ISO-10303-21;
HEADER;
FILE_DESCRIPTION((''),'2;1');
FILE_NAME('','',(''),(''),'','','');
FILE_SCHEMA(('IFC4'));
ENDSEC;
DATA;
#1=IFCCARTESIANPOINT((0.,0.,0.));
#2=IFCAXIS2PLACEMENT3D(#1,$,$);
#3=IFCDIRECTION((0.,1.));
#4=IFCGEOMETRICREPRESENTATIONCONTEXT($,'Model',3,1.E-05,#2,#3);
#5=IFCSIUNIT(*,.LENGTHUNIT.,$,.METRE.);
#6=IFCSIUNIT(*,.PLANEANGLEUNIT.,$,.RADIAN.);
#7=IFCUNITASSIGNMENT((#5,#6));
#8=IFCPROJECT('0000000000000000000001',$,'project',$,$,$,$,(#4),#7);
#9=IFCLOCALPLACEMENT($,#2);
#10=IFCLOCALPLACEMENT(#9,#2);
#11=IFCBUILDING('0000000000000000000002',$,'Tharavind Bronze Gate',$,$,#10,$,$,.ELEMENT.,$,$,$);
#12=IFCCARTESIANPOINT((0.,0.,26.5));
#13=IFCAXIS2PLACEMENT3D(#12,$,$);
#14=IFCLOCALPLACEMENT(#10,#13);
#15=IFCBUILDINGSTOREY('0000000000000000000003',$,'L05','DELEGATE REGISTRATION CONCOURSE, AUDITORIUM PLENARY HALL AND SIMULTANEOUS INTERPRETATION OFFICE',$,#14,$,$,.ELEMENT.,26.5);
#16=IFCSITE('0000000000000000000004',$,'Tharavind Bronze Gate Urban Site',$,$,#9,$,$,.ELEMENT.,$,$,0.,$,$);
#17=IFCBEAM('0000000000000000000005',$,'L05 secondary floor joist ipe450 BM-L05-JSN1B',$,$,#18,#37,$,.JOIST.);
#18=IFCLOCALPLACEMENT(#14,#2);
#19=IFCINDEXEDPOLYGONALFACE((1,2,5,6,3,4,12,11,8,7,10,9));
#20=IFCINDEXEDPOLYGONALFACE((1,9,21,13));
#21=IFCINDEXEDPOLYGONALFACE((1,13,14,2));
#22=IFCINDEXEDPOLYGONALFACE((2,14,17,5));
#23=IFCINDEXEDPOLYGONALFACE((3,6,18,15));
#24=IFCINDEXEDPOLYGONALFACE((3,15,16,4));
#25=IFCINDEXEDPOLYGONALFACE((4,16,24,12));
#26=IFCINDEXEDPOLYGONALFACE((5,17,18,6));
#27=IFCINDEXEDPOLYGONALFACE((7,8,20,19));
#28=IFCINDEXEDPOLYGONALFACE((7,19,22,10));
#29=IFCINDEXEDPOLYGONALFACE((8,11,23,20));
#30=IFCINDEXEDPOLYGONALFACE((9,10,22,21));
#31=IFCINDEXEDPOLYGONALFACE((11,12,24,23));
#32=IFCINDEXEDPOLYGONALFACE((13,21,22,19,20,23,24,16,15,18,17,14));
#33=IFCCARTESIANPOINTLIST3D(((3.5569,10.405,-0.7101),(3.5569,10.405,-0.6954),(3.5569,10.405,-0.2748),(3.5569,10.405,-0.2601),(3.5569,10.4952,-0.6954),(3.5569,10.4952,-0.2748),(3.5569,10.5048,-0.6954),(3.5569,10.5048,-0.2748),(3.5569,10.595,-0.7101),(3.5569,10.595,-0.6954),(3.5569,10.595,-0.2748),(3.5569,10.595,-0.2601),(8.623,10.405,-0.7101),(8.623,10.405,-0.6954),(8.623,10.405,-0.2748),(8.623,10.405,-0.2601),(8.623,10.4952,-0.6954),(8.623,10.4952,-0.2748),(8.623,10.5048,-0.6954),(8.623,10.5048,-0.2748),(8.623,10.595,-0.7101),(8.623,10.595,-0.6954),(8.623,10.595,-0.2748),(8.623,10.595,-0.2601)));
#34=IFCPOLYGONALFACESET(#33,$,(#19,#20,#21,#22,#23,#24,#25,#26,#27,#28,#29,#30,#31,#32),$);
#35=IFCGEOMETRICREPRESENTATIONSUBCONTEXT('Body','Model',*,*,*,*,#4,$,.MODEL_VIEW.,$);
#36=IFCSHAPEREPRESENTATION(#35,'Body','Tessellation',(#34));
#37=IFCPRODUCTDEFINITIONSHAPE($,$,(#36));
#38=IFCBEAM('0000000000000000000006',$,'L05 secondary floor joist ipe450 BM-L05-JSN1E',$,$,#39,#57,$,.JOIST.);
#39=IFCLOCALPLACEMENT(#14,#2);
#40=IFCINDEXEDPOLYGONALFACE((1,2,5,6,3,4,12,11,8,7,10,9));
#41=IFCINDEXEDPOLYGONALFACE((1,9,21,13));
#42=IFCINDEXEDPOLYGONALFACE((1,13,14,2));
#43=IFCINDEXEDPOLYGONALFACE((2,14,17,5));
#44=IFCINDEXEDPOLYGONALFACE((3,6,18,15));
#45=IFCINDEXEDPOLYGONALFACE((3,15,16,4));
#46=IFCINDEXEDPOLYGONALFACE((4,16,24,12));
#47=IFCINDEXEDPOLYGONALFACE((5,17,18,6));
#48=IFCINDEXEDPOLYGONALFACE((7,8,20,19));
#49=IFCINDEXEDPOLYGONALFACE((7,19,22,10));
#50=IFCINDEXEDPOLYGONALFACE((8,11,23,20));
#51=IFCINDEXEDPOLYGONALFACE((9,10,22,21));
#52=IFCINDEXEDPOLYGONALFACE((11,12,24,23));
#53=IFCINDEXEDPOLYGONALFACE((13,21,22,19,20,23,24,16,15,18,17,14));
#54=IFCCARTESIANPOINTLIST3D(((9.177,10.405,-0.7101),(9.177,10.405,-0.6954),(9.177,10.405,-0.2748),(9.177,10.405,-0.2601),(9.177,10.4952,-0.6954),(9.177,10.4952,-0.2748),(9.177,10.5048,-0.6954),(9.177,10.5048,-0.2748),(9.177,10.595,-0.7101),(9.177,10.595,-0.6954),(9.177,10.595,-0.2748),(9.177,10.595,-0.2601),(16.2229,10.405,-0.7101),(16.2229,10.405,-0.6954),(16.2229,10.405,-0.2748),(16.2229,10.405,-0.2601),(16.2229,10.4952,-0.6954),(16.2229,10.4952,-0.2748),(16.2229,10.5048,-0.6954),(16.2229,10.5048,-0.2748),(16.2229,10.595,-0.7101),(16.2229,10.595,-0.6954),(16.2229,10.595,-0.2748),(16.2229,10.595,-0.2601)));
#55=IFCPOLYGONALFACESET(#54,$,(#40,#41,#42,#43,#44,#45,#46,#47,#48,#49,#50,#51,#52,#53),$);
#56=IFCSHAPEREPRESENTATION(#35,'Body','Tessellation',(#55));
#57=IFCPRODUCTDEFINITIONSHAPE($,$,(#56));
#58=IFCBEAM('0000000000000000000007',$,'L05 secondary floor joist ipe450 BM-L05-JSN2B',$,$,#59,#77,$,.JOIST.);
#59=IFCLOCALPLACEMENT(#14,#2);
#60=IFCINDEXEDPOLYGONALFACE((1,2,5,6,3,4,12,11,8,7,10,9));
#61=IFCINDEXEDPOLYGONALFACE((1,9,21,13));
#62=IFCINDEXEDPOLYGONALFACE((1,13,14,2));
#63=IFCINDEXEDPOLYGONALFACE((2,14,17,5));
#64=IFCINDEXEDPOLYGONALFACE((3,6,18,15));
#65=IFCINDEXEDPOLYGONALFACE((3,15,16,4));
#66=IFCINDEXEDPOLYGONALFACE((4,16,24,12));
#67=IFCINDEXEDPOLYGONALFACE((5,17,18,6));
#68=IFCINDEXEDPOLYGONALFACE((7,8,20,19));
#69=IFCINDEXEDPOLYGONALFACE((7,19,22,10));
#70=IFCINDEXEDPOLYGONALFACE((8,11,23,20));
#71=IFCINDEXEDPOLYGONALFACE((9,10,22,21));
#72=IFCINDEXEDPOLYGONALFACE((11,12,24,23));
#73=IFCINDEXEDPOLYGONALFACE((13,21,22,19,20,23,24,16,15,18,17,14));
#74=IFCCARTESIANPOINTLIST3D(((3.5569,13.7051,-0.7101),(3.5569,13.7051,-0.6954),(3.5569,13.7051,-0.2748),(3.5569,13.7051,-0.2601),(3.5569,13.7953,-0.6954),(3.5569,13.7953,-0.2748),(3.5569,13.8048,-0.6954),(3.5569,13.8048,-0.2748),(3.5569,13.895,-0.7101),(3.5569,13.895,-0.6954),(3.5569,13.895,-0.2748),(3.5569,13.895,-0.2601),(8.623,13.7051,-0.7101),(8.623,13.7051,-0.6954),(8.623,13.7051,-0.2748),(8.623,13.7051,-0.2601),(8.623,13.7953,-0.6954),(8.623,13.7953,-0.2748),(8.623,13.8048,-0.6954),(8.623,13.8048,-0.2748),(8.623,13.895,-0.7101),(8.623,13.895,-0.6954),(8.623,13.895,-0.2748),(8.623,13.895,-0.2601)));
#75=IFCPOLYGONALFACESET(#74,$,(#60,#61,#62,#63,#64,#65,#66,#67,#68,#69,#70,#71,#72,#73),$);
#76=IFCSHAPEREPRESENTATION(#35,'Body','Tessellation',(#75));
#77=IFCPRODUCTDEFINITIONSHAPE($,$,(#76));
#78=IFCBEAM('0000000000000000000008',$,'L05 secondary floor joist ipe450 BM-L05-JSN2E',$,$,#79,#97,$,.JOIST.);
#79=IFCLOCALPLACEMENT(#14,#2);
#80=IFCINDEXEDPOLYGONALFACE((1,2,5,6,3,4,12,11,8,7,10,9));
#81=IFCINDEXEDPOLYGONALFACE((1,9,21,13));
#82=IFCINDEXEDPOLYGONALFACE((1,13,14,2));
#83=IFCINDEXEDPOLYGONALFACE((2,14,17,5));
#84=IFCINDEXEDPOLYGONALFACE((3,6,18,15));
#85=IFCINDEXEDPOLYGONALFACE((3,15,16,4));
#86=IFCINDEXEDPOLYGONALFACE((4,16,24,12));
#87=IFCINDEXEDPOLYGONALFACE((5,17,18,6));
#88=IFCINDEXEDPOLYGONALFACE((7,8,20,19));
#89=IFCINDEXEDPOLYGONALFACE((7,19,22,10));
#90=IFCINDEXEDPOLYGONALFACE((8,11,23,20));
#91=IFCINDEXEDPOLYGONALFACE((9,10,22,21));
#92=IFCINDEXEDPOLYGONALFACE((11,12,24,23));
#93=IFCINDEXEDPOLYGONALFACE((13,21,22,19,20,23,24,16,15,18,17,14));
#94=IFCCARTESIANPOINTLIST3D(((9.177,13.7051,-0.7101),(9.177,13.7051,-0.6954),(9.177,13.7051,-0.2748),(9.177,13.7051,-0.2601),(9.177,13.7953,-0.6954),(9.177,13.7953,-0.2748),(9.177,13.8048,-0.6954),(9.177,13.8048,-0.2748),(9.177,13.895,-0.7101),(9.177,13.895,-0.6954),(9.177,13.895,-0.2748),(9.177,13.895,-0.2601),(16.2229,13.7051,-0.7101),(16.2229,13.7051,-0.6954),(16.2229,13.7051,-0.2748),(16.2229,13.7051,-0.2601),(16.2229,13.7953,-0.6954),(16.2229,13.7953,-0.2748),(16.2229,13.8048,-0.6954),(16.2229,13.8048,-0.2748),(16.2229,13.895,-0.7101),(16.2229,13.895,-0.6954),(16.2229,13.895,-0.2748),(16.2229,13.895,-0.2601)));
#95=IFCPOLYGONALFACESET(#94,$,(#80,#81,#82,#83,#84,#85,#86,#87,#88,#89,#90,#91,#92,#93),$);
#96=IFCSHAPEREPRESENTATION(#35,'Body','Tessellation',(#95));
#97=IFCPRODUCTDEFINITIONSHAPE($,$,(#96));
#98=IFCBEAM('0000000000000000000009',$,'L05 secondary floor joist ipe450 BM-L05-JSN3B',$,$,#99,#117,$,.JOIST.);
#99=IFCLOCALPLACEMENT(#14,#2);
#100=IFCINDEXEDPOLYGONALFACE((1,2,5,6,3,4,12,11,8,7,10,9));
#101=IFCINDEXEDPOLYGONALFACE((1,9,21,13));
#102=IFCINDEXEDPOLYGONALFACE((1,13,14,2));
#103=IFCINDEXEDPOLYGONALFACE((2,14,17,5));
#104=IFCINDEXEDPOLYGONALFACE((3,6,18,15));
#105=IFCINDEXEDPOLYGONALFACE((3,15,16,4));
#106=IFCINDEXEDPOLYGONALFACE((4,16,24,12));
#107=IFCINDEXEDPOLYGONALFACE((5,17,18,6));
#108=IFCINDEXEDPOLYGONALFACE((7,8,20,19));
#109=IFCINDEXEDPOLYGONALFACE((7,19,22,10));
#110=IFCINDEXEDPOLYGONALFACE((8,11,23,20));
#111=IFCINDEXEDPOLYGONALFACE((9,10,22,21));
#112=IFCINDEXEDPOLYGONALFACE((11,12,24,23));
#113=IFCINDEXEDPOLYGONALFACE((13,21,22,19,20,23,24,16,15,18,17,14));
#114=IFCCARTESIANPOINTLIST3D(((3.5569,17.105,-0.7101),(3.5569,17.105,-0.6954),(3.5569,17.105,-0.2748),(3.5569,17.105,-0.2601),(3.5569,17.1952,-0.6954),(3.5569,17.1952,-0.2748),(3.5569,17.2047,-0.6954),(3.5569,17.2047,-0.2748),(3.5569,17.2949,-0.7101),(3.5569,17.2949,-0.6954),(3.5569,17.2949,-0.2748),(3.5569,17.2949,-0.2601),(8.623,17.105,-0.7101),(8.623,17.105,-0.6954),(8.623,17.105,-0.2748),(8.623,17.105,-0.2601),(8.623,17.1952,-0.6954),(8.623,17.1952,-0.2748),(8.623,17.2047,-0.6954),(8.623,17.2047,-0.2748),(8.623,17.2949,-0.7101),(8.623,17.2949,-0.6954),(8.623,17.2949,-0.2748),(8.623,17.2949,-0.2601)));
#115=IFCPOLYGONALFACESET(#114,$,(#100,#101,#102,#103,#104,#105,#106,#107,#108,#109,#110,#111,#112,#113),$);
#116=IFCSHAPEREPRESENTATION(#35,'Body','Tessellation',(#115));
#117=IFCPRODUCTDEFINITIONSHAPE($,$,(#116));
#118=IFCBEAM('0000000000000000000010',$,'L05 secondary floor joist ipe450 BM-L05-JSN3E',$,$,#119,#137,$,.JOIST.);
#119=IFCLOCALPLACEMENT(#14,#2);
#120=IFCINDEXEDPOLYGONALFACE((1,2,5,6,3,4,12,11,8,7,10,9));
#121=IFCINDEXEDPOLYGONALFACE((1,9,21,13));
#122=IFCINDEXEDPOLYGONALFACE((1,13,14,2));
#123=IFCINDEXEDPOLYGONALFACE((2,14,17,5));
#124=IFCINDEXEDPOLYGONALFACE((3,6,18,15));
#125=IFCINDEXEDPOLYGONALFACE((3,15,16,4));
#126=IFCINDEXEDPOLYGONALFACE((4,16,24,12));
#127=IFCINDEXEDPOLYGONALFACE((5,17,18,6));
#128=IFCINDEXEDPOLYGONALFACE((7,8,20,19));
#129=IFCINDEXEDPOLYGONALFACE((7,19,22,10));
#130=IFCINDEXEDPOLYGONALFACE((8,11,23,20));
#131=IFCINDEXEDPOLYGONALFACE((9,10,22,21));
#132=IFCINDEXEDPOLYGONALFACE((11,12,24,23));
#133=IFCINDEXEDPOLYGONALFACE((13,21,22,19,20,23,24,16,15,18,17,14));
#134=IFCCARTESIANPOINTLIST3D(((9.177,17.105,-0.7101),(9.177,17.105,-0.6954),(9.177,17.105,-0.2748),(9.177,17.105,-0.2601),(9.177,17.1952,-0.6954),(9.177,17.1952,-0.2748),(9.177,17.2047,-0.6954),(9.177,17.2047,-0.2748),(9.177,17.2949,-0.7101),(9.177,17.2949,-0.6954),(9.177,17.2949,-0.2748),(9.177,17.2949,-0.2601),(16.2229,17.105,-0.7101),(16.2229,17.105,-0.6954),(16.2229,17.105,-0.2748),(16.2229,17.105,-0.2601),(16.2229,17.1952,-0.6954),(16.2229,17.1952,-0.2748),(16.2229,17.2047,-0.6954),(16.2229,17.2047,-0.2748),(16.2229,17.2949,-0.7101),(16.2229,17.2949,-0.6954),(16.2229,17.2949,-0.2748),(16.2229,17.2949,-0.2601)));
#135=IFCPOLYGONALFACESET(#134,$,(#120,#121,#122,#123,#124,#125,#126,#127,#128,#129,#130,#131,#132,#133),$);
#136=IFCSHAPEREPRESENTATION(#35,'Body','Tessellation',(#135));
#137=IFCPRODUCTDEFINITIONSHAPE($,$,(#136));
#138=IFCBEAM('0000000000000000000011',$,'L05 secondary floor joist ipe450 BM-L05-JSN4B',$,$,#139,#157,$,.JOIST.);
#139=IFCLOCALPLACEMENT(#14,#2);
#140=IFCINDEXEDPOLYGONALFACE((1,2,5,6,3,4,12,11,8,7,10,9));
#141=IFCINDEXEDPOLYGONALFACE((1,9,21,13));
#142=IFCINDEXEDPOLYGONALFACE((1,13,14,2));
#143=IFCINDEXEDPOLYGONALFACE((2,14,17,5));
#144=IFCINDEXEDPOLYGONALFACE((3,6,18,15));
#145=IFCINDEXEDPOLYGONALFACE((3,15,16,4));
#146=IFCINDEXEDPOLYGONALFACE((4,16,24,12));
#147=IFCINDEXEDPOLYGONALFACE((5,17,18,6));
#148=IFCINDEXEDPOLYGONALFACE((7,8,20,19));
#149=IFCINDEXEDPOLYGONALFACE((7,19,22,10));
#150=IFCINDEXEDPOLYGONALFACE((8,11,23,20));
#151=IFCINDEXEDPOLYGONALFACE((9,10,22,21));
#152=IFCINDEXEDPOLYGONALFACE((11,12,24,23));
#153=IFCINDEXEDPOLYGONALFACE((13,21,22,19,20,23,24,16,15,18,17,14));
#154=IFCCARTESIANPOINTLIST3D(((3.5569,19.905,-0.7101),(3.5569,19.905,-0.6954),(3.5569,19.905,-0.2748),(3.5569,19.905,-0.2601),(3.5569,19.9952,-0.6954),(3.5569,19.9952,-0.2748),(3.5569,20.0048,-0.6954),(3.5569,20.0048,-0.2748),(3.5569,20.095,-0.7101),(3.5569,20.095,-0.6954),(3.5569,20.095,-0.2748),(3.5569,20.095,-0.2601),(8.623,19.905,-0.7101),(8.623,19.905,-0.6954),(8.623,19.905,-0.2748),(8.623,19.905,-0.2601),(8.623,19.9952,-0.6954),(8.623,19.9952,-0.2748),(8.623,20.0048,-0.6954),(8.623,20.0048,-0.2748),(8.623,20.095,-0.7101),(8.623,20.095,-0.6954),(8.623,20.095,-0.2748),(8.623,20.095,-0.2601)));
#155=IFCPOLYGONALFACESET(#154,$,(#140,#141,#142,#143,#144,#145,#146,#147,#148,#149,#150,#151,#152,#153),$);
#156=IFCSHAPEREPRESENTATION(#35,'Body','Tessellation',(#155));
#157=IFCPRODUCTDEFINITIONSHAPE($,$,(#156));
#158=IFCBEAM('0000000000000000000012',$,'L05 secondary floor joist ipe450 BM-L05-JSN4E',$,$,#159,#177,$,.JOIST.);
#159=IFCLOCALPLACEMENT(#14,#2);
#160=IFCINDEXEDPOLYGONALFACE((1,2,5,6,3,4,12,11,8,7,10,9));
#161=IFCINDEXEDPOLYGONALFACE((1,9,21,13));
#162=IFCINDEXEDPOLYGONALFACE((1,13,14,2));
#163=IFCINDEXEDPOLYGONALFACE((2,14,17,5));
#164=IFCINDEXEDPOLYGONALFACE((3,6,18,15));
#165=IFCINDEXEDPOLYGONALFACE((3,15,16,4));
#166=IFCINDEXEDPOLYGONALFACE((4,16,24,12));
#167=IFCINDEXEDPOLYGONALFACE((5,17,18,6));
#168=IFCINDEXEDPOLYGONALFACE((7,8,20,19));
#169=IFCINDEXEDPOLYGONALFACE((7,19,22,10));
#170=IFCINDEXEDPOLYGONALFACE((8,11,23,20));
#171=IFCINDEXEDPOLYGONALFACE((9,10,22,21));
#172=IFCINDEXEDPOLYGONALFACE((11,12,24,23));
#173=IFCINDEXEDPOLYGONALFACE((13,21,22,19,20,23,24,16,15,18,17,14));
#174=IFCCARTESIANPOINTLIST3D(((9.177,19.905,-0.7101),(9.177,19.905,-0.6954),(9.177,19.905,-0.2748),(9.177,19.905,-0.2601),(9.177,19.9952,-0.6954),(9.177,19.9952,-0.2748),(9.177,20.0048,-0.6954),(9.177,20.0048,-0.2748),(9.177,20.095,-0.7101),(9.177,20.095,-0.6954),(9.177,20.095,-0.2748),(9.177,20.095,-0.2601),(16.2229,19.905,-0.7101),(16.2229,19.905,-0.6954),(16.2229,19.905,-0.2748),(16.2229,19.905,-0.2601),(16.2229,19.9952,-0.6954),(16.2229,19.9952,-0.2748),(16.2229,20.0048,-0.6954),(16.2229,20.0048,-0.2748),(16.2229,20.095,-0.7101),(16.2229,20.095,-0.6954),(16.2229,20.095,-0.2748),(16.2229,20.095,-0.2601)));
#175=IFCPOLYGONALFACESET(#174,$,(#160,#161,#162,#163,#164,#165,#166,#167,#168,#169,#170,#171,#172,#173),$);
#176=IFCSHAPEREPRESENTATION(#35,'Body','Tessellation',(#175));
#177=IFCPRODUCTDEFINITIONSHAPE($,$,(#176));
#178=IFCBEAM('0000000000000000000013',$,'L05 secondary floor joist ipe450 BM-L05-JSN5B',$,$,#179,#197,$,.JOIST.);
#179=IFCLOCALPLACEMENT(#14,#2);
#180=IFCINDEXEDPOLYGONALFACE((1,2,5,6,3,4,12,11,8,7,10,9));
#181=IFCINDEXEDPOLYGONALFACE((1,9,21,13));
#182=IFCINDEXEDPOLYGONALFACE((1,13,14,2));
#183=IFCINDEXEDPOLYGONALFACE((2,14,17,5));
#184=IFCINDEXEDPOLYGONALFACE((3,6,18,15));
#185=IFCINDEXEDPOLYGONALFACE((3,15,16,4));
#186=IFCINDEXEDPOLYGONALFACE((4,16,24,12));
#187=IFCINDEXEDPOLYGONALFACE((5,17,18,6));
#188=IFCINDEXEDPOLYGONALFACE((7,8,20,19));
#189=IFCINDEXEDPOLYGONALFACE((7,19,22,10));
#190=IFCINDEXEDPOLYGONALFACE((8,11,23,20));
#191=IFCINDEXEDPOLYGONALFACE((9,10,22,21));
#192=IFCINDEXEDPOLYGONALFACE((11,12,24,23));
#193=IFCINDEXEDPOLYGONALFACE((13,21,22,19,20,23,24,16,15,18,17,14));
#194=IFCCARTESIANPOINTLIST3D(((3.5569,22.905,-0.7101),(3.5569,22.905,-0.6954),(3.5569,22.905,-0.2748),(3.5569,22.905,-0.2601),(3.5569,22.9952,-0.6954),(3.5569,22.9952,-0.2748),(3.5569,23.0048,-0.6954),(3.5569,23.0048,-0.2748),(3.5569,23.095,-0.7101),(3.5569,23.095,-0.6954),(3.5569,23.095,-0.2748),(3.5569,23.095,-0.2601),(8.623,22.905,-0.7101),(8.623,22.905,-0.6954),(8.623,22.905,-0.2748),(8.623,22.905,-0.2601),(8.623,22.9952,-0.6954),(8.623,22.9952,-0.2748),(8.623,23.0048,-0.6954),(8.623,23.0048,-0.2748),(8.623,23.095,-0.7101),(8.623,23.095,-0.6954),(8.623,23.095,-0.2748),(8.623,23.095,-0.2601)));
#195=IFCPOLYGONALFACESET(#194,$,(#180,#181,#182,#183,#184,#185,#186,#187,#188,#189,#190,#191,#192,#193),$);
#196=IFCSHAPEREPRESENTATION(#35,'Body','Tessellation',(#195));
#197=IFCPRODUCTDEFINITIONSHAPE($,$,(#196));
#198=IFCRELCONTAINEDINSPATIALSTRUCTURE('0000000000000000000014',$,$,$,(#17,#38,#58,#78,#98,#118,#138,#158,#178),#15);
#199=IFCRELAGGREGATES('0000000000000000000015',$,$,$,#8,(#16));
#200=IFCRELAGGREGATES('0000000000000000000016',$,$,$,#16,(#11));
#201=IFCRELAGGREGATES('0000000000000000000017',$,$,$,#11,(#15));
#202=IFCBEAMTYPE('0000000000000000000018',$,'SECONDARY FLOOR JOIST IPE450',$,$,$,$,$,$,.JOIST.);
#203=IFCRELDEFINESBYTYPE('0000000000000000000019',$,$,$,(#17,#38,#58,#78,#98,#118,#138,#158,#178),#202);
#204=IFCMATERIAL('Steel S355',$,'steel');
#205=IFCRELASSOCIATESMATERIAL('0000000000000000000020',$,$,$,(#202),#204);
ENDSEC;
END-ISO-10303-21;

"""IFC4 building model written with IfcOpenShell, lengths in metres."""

from ifc_helpers import new_model, si_unit, direction, frame, origin, origin_2d, place, context, subcontext, project, spatial, i_section, extrude, material, material_profile, profile_set, type_object, element, save


model = new_model("IFC4")

# Units and contexts
model_context = context("Model", 3, precision=1e-05, world=origin(), true_north=direction((0.0, 1.0)))
body_context = subcontext(model_context, "Body", "Model", "MODEL_VIEW")
ifc_project = project(units=[si_unit("LENGTHUNIT", "METRE"), si_unit("PLANEANGLEUNIT", "RADIAN")], contexts=[model_context])

# Site, building, storey
site_placement = place(None, origin())
site = spatial("IfcSite", under=ifc_project, at=site_placement, Name="Tharavind Bronze Gate Urban Site", CompositionType="ELEMENT", RefElevation=0.0)
building_placement = place(site_placement, origin())
building = spatial("IfcBuilding", under=site, at=building_placement, Name="Tharavind Bronze Gate", CompositionType="ELEMENT")
storey_placement = place(building_placement, frame((0.0, 0.0, 26.5)))
storey = spatial("IfcBuildingStorey", under=building, at=storey_placement, Name="L05", Description="DELEGATE REGISTRATION CONCOURSE, AUDITORIUM PLENARY HALL AND SIMULTANEOUS INTERPRETATION OFFICE", CompositionType="ELEMENT", Elevation=26.5)

# Beams
ifc_material_1 = material(Name="Steel S355", Category="steel")
ifc_material_profile_1 = material_profile(ifc_material_1, i_section(OverallWidth=0.1899, OverallDepth=0.45, WebThickness=0.0095, FlangeThickness=0.0146, at=origin_2d()), Name="IPE450")
ifc_profile_set_1 = profile_set([ifc_material_profile_1], Name="Steel S355")
beam_type_1 = type_object("IfcBeamType", Name="SECONDARY FLOOR JOIST IPE450", PredefinedType="JOIST", material=ifc_profile_set_1)
beam_1_placement = place(storey_placement, frame((3.5569, 10.5, -0.4851), z_axis=(1.0, 0.0, 0.0), x_axis=(0.0, 1.0, 0.0)))
element("IfcBeam", 1, at=beam_1_placement, inside=storey, type_object=beam_type_1, Name="L05 secondary floor joist ipe450 BM-L05-JSN1B", PredefinedType="JOIST", context=body_context, shape_type="SweptSolid", body=[
    extrude(i_section(OverallWidth=0.1899, OverallDepth=0.45, WebThickness=0.0095, FlangeThickness=0.0146, at=origin_2d()), origin(), (0.0, 0.0, 1.0), 5.0662),
])
beam_2_placement = place(storey_placement, frame((9.177, 10.5, -0.4851), z_axis=(1.0, 0.0, 0.0), x_axis=(0.0, 1.0, 0.0)))
element("IfcBeam", 2, at=beam_2_placement, inside=storey, type_object=beam_type_1, Name="L05 secondary floor joist ipe450 BM-L05-JSN1E", PredefinedType="JOIST", context=body_context, shape_type="SweptSolid", body=[
    extrude(i_section(OverallWidth=0.1899, OverallDepth=0.45, WebThickness=0.0095, FlangeThickness=0.0146, at=origin_2d()), origin(), (0.0, 0.0, 1.0), 7.0459),
])
beam_3_placement = place(storey_placement, frame((3.5569, 13.8, -0.4851), z_axis=(1.0, 0.0, 0.0), x_axis=(0.0, 1.0, 0.0)))
element("IfcBeam", 3, at=beam_3_placement, inside=storey, type_object=beam_type_1, Name="L05 secondary floor joist ipe450 BM-L05-JSN2B", PredefinedType="JOIST", context=body_context, shape_type="SweptSolid", body=[
    extrude(i_section(OverallWidth=0.1899, OverallDepth=0.45, WebThickness=0.0095, FlangeThickness=0.0146, at=origin_2d()), origin(), (0.0, 0.0, 1.0), 5.0662),
])
beam_4_placement = place(storey_placement, frame((9.177, 13.8, -0.4851), z_axis=(1.0, 0.0, 0.0), x_axis=(0.0, 1.0, 0.0)))
element("IfcBeam", 4, at=beam_4_placement, inside=storey, type_object=beam_type_1, Name="L05 secondary floor joist ipe450 BM-L05-JSN2E", PredefinedType="JOIST", context=body_context, shape_type="SweptSolid", body=[
    extrude(i_section(OverallWidth=0.1899, OverallDepth=0.45, WebThickness=0.0095, FlangeThickness=0.0146, at=origin_2d()), origin(), (0.0, 0.0, 1.0), 7.0459),
])
beam_5_placement = place(storey_placement, frame((3.5569, 17.2, -0.4851), z_axis=(1.0, 0.0, 0.0), x_axis=(0.0, 1.0, 0.0)))
element("IfcBeam", 5, at=beam_5_placement, inside=storey, type_object=beam_type_1, Name="L05 secondary floor joist ipe450 BM-L05-JSN3B", PredefinedType="JOIST", context=body_context, shape_type="SweptSolid", body=[
    extrude(i_section(OverallWidth=0.1899, OverallDepth=0.45, WebThickness=0.0095, FlangeThickness=0.0146, at=origin_2d()), origin(), (0.0, 0.0, 1.0), 5.0662),
])
beam_6_placement = place(storey_placement, frame((9.177, 17.2, -0.4851), z_axis=(1.0, 0.0, 0.0), x_axis=(0.0, 1.0, 0.0)))
element("IfcBeam", 6, at=beam_6_placement, inside=storey, type_object=beam_type_1, Name="L05 secondary floor joist ipe450 BM-L05-JSN3E", PredefinedType="JOIST", context=body_context, shape_type="SweptSolid", body=[
    extrude(i_section(OverallWidth=0.1899, OverallDepth=0.45, WebThickness=0.0095, FlangeThickness=0.0146, at=origin_2d()), origin(), (0.0, 0.0, 1.0), 7.0459),
])
beam_7_placement = place(storey_placement, frame((3.5569, 20.0, -0.4851), z_axis=(1.0, 0.0, 0.0), x_axis=(0.0, 1.0, 0.0)))
element("IfcBeam", 7, at=beam_7_placement, inside=storey, type_object=beam_type_1, Name="L05 secondary floor joist ipe450 BM-L05-JSN4B", PredefinedType="JOIST", context=body_context, shape_type="SweptSolid", body=[
    extrude(i_section(OverallWidth=0.1899, OverallDepth=0.45, WebThickness=0.0095, FlangeThickness=0.0146, at=origin_2d()), origin(), (0.0, 0.0, 1.0), 5.0662),
])
beam_8_placement = place(storey_placement, frame((9.177, 20.0, -0.4851), z_axis=(1.0, 0.0, 0.0), x_axis=(0.0, 1.0, 0.0)))
element("IfcBeam", 8, at=beam_8_placement, inside=storey, type_object=beam_type_1, Name="L05 secondary floor joist ipe450 BM-L05-JSN4E", PredefinedType="JOIST", context=body_context, shape_type="SweptSolid", body=[
    extrude(i_section(OverallWidth=0.1899, OverallDepth=0.45, WebThickness=0.0095, FlangeThickness=0.0146, at=origin_2d()), origin(), (0.0, 0.0, 1.0), 7.0459),
])
beam_9_placement = place(storey_placement, frame((3.5569, 23.0, -0.4851), z_axis=(1.0, 0.0, 0.0), x_axis=(0.0, 1.0, 0.0)))
element("IfcBeam", 9, at=beam_9_placement, inside=storey, type_object=beam_type_1, Name="L05 secondary floor joist ipe450 BM-L05-JSN5B", PredefinedType="JOIST", context=body_context, shape_type="SweptSolid", body=[
    extrude(i_section(OverallWidth=0.1899, OverallDepth=0.45, WebThickness=0.0095, FlangeThickness=0.0146, at=origin_2d()), origin(), (0.0, 0.0, 1.0), 5.0662),
])

save(model, "model.ifc")
